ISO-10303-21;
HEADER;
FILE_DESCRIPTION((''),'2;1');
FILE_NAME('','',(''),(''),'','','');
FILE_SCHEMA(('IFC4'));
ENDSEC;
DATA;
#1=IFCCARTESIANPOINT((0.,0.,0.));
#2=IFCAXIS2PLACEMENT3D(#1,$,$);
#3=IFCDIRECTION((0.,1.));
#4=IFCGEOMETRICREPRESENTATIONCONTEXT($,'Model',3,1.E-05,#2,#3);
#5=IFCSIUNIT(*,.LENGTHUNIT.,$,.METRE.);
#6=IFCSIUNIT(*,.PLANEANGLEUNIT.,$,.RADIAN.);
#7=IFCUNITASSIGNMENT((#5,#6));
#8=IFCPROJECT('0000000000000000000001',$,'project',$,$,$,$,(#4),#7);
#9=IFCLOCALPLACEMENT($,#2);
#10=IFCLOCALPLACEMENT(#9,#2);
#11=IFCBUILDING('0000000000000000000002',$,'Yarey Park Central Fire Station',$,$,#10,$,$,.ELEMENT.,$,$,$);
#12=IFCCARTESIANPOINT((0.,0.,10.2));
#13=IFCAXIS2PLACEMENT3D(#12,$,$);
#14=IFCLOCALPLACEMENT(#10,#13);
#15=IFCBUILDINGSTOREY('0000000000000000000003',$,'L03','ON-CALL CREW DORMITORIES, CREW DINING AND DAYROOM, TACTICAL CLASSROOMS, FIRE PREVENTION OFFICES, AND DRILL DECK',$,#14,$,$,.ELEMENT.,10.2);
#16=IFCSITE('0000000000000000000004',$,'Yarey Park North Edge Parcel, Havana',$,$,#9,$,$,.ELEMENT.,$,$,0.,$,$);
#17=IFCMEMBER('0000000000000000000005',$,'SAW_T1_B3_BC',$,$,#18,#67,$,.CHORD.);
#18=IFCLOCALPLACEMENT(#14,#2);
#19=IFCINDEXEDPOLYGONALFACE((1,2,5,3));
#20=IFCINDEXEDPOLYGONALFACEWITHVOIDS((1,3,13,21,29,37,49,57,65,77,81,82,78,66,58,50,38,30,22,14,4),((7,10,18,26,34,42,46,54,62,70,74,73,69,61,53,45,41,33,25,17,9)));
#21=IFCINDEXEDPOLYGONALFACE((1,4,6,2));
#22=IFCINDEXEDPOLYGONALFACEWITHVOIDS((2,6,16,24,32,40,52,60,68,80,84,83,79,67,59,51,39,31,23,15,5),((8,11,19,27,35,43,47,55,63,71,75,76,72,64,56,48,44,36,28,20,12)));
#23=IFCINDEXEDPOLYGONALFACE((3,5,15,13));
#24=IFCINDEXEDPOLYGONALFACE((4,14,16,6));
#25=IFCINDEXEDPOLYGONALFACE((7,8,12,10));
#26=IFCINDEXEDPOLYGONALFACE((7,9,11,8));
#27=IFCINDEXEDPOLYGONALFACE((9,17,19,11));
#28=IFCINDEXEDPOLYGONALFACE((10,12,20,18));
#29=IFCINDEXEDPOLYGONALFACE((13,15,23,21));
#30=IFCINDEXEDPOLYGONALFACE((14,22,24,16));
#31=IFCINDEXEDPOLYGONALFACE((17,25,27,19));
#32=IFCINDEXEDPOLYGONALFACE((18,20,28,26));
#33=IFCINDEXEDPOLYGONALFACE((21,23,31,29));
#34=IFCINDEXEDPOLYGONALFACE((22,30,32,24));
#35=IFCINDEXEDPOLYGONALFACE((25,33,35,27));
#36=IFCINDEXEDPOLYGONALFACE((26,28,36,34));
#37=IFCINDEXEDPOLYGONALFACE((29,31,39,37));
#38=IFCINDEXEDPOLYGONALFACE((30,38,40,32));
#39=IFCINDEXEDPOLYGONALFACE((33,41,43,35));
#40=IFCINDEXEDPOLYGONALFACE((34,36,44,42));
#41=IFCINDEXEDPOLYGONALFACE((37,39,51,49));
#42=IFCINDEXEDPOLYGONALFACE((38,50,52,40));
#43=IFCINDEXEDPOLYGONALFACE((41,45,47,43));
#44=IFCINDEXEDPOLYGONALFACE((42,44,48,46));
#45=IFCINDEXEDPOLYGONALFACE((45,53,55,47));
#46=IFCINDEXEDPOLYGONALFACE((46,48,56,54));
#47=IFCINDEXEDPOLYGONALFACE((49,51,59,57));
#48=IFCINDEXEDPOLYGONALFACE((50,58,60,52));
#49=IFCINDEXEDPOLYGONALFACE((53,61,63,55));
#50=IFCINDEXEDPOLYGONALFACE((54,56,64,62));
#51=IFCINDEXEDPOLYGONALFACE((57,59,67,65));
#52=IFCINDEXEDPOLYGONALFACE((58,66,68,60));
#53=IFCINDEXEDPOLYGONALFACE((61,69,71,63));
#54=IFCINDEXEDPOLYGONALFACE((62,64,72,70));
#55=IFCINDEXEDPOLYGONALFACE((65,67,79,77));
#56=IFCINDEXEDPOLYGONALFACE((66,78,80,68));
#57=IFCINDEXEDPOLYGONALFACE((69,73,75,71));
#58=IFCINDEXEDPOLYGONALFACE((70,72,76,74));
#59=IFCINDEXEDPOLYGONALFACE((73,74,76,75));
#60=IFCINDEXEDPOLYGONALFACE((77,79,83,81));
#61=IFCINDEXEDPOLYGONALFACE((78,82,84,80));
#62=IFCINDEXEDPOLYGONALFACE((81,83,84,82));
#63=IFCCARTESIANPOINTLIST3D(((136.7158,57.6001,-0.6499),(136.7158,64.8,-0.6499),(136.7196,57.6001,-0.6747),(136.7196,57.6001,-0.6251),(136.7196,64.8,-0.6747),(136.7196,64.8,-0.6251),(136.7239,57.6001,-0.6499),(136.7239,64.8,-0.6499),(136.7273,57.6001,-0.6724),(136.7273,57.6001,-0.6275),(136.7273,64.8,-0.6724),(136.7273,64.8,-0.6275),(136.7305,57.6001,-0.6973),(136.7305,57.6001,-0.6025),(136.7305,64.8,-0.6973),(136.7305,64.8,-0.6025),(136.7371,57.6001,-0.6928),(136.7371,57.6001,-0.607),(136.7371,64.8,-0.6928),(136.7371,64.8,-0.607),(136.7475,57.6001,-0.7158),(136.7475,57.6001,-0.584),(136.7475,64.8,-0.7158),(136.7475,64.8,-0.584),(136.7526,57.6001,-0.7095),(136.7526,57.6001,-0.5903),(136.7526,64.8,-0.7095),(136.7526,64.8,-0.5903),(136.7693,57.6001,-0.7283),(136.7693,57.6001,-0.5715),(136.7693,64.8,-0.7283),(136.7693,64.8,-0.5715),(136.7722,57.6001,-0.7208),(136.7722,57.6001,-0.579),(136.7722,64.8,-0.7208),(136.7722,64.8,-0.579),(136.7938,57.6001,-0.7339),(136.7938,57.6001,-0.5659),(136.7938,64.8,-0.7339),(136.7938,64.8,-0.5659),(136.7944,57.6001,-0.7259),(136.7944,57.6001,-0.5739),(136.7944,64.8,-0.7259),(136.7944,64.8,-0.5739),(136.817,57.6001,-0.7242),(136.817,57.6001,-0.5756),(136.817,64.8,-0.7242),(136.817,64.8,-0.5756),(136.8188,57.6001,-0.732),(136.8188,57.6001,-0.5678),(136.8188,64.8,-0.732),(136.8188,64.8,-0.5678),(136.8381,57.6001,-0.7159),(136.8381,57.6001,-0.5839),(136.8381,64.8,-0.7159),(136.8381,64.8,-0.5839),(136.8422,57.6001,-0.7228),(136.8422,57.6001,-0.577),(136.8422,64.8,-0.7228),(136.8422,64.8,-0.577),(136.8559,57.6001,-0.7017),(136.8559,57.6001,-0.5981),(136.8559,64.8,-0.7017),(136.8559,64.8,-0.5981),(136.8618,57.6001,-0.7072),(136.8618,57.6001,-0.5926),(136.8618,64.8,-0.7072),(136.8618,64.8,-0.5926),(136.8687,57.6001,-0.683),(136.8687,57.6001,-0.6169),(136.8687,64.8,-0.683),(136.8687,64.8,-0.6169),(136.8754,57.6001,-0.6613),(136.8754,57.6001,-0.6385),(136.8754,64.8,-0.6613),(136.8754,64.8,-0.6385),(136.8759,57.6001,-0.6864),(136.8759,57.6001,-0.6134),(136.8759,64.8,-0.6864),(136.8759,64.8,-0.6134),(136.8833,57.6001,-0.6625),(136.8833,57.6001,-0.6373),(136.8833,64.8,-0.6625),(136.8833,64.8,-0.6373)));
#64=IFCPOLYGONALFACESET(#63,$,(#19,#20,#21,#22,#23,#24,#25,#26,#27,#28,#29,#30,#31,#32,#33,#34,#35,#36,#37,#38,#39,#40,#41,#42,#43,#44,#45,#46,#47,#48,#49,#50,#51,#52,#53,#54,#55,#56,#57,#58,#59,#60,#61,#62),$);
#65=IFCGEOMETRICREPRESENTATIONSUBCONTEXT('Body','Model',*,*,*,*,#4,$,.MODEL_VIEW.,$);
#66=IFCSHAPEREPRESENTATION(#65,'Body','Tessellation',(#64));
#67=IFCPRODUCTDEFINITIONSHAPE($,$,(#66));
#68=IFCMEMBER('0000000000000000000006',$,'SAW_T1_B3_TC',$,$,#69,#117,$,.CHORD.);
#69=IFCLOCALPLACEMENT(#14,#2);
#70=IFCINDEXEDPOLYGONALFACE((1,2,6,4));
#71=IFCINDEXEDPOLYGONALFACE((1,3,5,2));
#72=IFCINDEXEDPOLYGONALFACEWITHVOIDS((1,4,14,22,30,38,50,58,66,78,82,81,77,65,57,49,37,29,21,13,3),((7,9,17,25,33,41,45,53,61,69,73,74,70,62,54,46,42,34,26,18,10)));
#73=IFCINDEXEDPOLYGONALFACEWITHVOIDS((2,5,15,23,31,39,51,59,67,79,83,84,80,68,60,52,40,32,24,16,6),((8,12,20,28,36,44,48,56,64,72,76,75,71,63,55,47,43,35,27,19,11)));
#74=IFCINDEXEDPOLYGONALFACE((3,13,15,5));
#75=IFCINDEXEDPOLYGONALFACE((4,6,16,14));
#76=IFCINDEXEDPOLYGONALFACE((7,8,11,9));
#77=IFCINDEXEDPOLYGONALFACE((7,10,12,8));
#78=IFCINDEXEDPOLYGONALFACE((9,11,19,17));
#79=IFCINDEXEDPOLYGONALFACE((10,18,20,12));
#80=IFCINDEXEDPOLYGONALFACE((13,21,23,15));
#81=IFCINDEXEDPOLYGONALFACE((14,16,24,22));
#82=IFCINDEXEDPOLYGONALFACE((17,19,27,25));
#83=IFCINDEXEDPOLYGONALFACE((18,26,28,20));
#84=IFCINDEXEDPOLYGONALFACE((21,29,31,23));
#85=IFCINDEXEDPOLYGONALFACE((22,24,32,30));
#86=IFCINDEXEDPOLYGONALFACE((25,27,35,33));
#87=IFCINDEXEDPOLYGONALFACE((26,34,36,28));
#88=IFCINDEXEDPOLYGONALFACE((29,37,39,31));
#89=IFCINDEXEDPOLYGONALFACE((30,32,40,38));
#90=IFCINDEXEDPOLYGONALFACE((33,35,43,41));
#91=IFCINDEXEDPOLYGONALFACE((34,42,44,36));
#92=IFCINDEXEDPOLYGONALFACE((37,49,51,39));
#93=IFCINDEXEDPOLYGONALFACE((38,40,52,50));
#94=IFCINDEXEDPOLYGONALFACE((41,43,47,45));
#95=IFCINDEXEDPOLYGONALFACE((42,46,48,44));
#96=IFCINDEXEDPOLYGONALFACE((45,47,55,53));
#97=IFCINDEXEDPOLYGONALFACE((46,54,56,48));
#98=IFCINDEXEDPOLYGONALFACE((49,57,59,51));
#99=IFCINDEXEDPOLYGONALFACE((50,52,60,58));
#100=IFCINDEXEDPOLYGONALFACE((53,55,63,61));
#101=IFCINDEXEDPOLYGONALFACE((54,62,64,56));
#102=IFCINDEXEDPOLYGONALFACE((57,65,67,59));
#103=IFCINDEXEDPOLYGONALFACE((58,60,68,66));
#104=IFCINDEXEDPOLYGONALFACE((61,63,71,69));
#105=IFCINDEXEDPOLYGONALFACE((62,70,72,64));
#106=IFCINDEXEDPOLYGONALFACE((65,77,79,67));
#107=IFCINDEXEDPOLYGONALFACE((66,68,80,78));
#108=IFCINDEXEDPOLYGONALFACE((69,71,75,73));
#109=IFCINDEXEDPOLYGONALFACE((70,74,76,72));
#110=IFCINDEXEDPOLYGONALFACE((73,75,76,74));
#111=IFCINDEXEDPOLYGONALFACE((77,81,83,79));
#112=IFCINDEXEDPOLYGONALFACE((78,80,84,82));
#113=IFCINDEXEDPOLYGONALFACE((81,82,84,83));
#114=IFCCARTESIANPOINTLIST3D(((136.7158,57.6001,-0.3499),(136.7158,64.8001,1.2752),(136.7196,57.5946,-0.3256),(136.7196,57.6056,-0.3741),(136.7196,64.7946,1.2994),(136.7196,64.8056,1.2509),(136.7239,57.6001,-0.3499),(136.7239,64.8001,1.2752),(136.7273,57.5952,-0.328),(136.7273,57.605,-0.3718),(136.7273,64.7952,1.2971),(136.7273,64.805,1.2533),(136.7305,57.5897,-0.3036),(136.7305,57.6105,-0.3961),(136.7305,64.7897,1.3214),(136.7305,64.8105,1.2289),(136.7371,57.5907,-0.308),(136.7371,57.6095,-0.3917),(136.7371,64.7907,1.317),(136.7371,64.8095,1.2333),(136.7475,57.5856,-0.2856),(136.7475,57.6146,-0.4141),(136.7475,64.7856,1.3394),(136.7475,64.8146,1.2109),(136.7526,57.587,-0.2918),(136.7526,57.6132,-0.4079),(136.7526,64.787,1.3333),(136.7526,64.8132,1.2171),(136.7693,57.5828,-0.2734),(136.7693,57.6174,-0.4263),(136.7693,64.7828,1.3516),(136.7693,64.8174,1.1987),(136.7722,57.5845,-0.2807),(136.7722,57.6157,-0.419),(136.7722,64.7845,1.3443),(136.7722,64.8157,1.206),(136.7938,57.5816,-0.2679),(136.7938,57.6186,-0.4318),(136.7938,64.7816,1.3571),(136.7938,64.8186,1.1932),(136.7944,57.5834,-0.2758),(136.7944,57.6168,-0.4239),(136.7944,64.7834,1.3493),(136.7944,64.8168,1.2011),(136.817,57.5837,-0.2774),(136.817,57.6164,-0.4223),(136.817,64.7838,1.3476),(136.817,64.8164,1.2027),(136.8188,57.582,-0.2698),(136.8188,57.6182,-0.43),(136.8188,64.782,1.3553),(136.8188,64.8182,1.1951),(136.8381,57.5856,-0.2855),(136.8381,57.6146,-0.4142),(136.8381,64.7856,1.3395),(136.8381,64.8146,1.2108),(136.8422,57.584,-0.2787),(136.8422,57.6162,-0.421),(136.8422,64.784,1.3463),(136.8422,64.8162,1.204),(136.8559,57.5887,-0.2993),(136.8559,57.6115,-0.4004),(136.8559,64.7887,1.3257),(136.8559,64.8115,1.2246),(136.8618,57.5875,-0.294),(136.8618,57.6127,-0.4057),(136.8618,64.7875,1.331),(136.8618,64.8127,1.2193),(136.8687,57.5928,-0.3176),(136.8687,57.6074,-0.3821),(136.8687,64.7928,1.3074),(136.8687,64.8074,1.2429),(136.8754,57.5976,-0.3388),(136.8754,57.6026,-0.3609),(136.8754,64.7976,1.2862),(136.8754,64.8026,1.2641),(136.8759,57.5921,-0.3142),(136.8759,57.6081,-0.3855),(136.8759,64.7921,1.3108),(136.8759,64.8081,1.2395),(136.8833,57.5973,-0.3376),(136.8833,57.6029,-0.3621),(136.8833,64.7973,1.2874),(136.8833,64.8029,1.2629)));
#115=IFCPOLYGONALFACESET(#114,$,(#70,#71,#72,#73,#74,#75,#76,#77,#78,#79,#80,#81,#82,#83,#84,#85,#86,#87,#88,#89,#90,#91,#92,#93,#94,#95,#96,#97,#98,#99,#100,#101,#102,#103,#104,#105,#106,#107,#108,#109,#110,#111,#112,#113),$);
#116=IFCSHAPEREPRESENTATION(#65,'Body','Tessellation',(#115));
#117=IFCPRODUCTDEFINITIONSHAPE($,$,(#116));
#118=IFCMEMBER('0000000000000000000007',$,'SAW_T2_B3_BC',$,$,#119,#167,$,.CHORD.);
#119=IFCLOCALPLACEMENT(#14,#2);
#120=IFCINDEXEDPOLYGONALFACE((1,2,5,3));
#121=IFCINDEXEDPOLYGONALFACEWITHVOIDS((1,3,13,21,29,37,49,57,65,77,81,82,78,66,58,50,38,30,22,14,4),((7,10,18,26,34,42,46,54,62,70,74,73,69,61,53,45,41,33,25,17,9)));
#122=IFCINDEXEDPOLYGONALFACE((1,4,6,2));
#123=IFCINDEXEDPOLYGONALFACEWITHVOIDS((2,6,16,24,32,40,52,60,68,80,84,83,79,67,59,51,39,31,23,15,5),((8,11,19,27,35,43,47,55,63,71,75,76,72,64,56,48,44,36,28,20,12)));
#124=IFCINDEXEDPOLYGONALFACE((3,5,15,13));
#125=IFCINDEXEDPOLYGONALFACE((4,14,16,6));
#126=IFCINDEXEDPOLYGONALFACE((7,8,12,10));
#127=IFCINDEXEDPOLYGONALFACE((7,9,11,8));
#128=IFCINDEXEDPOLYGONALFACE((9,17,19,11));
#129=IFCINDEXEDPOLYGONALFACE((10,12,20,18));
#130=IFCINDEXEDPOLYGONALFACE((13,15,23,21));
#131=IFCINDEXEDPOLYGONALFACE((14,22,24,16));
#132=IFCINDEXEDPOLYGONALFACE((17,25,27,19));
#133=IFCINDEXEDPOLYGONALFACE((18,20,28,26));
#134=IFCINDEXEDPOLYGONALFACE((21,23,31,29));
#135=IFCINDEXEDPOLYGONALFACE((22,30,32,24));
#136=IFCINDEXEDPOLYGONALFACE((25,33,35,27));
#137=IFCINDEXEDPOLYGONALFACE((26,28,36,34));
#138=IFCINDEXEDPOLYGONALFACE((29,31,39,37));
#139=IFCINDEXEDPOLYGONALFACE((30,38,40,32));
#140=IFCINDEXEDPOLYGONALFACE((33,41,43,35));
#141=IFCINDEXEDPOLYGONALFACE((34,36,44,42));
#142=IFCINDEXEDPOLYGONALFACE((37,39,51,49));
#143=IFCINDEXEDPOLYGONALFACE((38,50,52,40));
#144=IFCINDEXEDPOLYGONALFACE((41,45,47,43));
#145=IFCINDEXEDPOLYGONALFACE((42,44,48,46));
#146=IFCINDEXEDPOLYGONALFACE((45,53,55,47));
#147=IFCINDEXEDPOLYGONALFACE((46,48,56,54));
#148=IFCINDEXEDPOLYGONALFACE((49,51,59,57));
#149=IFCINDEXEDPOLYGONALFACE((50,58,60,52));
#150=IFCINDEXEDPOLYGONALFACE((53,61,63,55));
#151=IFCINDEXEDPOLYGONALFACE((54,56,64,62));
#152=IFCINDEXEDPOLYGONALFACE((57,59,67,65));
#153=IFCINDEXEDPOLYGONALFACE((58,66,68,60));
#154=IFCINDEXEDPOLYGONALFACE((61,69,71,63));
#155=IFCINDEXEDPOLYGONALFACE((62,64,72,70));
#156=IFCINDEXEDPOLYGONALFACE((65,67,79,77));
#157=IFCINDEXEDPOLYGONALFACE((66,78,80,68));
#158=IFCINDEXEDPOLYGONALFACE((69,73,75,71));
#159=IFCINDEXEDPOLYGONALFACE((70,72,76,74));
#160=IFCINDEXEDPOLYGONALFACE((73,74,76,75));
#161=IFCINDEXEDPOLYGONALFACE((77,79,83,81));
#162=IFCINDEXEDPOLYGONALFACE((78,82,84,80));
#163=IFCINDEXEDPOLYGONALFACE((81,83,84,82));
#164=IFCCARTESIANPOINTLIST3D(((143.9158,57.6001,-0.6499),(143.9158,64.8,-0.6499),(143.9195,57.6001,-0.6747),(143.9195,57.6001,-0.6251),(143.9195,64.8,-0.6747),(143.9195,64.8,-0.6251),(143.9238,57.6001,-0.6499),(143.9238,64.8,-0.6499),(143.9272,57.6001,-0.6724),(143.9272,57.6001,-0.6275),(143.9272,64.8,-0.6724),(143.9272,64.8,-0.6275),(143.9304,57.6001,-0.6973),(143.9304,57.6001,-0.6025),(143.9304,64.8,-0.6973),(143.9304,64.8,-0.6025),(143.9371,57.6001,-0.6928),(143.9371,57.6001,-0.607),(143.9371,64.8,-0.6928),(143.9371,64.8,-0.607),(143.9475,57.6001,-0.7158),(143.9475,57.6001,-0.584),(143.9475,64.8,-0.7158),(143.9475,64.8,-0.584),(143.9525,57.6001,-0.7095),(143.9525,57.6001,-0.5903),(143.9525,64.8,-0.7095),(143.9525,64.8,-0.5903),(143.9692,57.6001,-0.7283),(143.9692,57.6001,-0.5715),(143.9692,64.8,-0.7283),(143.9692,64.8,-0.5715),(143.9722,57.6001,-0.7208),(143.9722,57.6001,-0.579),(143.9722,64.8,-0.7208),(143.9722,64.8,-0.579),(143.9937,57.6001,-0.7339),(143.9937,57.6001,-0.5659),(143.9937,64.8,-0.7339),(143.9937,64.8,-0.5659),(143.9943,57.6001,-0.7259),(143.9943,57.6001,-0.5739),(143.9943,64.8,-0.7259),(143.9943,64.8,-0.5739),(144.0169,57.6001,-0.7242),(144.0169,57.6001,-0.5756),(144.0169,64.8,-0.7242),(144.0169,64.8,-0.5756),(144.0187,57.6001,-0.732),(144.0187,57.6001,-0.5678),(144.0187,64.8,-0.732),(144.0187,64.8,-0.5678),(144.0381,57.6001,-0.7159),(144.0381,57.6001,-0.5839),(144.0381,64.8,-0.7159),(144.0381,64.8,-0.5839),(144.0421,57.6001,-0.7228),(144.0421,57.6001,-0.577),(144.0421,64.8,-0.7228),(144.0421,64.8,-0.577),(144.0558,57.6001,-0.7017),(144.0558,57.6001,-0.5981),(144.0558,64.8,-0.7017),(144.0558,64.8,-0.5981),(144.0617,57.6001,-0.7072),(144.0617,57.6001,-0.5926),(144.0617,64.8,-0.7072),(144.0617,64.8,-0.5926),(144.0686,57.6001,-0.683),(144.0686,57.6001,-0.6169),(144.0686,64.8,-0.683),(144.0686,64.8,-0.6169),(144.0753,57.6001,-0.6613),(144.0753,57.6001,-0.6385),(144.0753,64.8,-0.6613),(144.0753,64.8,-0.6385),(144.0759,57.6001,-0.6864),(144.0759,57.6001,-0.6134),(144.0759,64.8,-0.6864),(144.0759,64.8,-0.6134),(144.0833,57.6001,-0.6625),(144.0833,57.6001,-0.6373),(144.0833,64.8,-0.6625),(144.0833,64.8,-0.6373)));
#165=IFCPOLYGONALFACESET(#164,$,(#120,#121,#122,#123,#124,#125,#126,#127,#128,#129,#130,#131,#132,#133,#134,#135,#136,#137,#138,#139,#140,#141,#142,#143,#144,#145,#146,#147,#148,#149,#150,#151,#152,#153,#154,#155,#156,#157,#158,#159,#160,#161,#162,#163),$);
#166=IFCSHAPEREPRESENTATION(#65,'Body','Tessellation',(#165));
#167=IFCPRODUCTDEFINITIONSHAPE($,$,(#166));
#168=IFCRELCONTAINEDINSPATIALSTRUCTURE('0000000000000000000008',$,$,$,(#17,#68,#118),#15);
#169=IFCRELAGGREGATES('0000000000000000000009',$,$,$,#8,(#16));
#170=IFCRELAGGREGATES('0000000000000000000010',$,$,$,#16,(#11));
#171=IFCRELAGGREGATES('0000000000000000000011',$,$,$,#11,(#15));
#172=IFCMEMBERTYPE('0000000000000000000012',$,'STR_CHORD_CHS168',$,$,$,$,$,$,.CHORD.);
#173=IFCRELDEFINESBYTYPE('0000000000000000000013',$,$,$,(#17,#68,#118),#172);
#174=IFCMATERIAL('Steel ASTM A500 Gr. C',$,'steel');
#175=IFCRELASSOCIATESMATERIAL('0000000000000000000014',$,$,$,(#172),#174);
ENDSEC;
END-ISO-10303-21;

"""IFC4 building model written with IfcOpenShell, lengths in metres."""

from ifc_helpers import new_model, si_unit, direction, frame, origin, origin_2d, place, context, subcontext, project, spatial, hollow_circle, extrude, material, material_profile, profile_set, type_object, element, save


model = new_model("IFC4")

# Units and contexts
model_context = context("Model", 3, precision=1e-05, world=origin(), true_north=direction((0.0, 1.0)))
body_context = subcontext(model_context, "Body", "Model", "MODEL_VIEW")
ifc_project = project(units=[si_unit("LENGTHUNIT", "METRE"), si_unit("PLANEANGLEUNIT", "RADIAN")], contexts=[model_context])

# Site, building, storey
site_placement = place(None, origin())
site = spatial("IfcSite", under=ifc_project, at=site_placement, Name="Yarey Park North Edge Parcel, Havana", CompositionType="ELEMENT", RefElevation=0.0)
building_placement = place(site_placement, origin())
building = spatial("IfcBuilding", under=site, at=building_placement, Name="Yarey Park Central Fire Station", CompositionType="ELEMENT")
storey_placement = place(building_placement, frame((0.0, 0.0, 10.2)))
storey = spatial("IfcBuildingStorey", under=building, at=storey_placement, Name="L03", Description="ON-CALL CREW DORMITORIES, CREW DINING AND DAYROOM, TACTICAL CLASSROOMS, FIRE PREVENTION OFFICES, AND DRILL DECK", CompositionType="ELEMENT", Elevation=10.2)

# Members
ifc_material_1 = material(Name="Steel ASTM A500 Gr. C", Category="steel")
ifc_material_profile_1 = material_profile(ifc_material_1, hollow_circle(Radius=0.0842, WallThickness=0.0081, at=origin_2d()), Name="CHS 168.3x8")
ifc_profile_set_1 = profile_set([ifc_material_profile_1], Name="Steel ASTM A500 Gr. C")
member_type_1 = type_object("IfcMemberType", Name="STR_CHORD_CHS168", PredefinedType="CHORD", material=ifc_profile_set_1)
member_1_placement = place(storey_placement, frame((136.8, 57.6001, -0.6499), z_axis=(0.0, 1.0, 0.0), x_axis=(-1.0, 0.0, 0.0)))
element("IfcMember", 1, at=member_1_placement, inside=storey, type_object=member_type_1, Name="SAW_T1_B3_BC", PredefinedType="CHORD", context=body_context, shape_type="SweptSolid", body=[
    extrude(hollow_circle(Radius=0.0842, WallThickness=0.0081, at=origin_2d()), origin(), (0.0, 0.0, 1.0), 7.2),
])
member_2_placement = place(storey_placement, frame((136.8, 57.6001, -0.3499), z_axis=(0.0, 0.975464, 0.220158), x_axis=(-1.0, 0.0, 0.0)))
element("IfcMember", 2, at=member_2_placement, inside=storey, type_object=member_type_1, Name="SAW_T1_B3_TC", PredefinedType="CHORD", context=body_context, shape_type="SweptSolid", body=[
    extrude(hollow_circle(Radius=0.0842, WallThickness=0.0081, at=origin_2d()), origin(), (0.0, 0.0, 1.0), 7.3811),
])
member_3_placement = place(storey_placement, frame((144.0, 57.6001, -0.6499), z_axis=(0.0, 1.0, 0.0), x_axis=(-1.0, 0.0, 0.0)))
element("IfcMember", 3, at=member_3_placement, inside=storey, type_object=member_type_1, Name="SAW_T2_B3_BC", PredefinedType="CHORD", context=body_context, shape_type="SweptSolid", body=[
    extrude(hollow_circle(Radius=0.0842, WallThickness=0.0081, at=origin_2d()), origin(), (0.0, 0.0, 1.0), 7.2),
])

save(model, "model.ifc")
